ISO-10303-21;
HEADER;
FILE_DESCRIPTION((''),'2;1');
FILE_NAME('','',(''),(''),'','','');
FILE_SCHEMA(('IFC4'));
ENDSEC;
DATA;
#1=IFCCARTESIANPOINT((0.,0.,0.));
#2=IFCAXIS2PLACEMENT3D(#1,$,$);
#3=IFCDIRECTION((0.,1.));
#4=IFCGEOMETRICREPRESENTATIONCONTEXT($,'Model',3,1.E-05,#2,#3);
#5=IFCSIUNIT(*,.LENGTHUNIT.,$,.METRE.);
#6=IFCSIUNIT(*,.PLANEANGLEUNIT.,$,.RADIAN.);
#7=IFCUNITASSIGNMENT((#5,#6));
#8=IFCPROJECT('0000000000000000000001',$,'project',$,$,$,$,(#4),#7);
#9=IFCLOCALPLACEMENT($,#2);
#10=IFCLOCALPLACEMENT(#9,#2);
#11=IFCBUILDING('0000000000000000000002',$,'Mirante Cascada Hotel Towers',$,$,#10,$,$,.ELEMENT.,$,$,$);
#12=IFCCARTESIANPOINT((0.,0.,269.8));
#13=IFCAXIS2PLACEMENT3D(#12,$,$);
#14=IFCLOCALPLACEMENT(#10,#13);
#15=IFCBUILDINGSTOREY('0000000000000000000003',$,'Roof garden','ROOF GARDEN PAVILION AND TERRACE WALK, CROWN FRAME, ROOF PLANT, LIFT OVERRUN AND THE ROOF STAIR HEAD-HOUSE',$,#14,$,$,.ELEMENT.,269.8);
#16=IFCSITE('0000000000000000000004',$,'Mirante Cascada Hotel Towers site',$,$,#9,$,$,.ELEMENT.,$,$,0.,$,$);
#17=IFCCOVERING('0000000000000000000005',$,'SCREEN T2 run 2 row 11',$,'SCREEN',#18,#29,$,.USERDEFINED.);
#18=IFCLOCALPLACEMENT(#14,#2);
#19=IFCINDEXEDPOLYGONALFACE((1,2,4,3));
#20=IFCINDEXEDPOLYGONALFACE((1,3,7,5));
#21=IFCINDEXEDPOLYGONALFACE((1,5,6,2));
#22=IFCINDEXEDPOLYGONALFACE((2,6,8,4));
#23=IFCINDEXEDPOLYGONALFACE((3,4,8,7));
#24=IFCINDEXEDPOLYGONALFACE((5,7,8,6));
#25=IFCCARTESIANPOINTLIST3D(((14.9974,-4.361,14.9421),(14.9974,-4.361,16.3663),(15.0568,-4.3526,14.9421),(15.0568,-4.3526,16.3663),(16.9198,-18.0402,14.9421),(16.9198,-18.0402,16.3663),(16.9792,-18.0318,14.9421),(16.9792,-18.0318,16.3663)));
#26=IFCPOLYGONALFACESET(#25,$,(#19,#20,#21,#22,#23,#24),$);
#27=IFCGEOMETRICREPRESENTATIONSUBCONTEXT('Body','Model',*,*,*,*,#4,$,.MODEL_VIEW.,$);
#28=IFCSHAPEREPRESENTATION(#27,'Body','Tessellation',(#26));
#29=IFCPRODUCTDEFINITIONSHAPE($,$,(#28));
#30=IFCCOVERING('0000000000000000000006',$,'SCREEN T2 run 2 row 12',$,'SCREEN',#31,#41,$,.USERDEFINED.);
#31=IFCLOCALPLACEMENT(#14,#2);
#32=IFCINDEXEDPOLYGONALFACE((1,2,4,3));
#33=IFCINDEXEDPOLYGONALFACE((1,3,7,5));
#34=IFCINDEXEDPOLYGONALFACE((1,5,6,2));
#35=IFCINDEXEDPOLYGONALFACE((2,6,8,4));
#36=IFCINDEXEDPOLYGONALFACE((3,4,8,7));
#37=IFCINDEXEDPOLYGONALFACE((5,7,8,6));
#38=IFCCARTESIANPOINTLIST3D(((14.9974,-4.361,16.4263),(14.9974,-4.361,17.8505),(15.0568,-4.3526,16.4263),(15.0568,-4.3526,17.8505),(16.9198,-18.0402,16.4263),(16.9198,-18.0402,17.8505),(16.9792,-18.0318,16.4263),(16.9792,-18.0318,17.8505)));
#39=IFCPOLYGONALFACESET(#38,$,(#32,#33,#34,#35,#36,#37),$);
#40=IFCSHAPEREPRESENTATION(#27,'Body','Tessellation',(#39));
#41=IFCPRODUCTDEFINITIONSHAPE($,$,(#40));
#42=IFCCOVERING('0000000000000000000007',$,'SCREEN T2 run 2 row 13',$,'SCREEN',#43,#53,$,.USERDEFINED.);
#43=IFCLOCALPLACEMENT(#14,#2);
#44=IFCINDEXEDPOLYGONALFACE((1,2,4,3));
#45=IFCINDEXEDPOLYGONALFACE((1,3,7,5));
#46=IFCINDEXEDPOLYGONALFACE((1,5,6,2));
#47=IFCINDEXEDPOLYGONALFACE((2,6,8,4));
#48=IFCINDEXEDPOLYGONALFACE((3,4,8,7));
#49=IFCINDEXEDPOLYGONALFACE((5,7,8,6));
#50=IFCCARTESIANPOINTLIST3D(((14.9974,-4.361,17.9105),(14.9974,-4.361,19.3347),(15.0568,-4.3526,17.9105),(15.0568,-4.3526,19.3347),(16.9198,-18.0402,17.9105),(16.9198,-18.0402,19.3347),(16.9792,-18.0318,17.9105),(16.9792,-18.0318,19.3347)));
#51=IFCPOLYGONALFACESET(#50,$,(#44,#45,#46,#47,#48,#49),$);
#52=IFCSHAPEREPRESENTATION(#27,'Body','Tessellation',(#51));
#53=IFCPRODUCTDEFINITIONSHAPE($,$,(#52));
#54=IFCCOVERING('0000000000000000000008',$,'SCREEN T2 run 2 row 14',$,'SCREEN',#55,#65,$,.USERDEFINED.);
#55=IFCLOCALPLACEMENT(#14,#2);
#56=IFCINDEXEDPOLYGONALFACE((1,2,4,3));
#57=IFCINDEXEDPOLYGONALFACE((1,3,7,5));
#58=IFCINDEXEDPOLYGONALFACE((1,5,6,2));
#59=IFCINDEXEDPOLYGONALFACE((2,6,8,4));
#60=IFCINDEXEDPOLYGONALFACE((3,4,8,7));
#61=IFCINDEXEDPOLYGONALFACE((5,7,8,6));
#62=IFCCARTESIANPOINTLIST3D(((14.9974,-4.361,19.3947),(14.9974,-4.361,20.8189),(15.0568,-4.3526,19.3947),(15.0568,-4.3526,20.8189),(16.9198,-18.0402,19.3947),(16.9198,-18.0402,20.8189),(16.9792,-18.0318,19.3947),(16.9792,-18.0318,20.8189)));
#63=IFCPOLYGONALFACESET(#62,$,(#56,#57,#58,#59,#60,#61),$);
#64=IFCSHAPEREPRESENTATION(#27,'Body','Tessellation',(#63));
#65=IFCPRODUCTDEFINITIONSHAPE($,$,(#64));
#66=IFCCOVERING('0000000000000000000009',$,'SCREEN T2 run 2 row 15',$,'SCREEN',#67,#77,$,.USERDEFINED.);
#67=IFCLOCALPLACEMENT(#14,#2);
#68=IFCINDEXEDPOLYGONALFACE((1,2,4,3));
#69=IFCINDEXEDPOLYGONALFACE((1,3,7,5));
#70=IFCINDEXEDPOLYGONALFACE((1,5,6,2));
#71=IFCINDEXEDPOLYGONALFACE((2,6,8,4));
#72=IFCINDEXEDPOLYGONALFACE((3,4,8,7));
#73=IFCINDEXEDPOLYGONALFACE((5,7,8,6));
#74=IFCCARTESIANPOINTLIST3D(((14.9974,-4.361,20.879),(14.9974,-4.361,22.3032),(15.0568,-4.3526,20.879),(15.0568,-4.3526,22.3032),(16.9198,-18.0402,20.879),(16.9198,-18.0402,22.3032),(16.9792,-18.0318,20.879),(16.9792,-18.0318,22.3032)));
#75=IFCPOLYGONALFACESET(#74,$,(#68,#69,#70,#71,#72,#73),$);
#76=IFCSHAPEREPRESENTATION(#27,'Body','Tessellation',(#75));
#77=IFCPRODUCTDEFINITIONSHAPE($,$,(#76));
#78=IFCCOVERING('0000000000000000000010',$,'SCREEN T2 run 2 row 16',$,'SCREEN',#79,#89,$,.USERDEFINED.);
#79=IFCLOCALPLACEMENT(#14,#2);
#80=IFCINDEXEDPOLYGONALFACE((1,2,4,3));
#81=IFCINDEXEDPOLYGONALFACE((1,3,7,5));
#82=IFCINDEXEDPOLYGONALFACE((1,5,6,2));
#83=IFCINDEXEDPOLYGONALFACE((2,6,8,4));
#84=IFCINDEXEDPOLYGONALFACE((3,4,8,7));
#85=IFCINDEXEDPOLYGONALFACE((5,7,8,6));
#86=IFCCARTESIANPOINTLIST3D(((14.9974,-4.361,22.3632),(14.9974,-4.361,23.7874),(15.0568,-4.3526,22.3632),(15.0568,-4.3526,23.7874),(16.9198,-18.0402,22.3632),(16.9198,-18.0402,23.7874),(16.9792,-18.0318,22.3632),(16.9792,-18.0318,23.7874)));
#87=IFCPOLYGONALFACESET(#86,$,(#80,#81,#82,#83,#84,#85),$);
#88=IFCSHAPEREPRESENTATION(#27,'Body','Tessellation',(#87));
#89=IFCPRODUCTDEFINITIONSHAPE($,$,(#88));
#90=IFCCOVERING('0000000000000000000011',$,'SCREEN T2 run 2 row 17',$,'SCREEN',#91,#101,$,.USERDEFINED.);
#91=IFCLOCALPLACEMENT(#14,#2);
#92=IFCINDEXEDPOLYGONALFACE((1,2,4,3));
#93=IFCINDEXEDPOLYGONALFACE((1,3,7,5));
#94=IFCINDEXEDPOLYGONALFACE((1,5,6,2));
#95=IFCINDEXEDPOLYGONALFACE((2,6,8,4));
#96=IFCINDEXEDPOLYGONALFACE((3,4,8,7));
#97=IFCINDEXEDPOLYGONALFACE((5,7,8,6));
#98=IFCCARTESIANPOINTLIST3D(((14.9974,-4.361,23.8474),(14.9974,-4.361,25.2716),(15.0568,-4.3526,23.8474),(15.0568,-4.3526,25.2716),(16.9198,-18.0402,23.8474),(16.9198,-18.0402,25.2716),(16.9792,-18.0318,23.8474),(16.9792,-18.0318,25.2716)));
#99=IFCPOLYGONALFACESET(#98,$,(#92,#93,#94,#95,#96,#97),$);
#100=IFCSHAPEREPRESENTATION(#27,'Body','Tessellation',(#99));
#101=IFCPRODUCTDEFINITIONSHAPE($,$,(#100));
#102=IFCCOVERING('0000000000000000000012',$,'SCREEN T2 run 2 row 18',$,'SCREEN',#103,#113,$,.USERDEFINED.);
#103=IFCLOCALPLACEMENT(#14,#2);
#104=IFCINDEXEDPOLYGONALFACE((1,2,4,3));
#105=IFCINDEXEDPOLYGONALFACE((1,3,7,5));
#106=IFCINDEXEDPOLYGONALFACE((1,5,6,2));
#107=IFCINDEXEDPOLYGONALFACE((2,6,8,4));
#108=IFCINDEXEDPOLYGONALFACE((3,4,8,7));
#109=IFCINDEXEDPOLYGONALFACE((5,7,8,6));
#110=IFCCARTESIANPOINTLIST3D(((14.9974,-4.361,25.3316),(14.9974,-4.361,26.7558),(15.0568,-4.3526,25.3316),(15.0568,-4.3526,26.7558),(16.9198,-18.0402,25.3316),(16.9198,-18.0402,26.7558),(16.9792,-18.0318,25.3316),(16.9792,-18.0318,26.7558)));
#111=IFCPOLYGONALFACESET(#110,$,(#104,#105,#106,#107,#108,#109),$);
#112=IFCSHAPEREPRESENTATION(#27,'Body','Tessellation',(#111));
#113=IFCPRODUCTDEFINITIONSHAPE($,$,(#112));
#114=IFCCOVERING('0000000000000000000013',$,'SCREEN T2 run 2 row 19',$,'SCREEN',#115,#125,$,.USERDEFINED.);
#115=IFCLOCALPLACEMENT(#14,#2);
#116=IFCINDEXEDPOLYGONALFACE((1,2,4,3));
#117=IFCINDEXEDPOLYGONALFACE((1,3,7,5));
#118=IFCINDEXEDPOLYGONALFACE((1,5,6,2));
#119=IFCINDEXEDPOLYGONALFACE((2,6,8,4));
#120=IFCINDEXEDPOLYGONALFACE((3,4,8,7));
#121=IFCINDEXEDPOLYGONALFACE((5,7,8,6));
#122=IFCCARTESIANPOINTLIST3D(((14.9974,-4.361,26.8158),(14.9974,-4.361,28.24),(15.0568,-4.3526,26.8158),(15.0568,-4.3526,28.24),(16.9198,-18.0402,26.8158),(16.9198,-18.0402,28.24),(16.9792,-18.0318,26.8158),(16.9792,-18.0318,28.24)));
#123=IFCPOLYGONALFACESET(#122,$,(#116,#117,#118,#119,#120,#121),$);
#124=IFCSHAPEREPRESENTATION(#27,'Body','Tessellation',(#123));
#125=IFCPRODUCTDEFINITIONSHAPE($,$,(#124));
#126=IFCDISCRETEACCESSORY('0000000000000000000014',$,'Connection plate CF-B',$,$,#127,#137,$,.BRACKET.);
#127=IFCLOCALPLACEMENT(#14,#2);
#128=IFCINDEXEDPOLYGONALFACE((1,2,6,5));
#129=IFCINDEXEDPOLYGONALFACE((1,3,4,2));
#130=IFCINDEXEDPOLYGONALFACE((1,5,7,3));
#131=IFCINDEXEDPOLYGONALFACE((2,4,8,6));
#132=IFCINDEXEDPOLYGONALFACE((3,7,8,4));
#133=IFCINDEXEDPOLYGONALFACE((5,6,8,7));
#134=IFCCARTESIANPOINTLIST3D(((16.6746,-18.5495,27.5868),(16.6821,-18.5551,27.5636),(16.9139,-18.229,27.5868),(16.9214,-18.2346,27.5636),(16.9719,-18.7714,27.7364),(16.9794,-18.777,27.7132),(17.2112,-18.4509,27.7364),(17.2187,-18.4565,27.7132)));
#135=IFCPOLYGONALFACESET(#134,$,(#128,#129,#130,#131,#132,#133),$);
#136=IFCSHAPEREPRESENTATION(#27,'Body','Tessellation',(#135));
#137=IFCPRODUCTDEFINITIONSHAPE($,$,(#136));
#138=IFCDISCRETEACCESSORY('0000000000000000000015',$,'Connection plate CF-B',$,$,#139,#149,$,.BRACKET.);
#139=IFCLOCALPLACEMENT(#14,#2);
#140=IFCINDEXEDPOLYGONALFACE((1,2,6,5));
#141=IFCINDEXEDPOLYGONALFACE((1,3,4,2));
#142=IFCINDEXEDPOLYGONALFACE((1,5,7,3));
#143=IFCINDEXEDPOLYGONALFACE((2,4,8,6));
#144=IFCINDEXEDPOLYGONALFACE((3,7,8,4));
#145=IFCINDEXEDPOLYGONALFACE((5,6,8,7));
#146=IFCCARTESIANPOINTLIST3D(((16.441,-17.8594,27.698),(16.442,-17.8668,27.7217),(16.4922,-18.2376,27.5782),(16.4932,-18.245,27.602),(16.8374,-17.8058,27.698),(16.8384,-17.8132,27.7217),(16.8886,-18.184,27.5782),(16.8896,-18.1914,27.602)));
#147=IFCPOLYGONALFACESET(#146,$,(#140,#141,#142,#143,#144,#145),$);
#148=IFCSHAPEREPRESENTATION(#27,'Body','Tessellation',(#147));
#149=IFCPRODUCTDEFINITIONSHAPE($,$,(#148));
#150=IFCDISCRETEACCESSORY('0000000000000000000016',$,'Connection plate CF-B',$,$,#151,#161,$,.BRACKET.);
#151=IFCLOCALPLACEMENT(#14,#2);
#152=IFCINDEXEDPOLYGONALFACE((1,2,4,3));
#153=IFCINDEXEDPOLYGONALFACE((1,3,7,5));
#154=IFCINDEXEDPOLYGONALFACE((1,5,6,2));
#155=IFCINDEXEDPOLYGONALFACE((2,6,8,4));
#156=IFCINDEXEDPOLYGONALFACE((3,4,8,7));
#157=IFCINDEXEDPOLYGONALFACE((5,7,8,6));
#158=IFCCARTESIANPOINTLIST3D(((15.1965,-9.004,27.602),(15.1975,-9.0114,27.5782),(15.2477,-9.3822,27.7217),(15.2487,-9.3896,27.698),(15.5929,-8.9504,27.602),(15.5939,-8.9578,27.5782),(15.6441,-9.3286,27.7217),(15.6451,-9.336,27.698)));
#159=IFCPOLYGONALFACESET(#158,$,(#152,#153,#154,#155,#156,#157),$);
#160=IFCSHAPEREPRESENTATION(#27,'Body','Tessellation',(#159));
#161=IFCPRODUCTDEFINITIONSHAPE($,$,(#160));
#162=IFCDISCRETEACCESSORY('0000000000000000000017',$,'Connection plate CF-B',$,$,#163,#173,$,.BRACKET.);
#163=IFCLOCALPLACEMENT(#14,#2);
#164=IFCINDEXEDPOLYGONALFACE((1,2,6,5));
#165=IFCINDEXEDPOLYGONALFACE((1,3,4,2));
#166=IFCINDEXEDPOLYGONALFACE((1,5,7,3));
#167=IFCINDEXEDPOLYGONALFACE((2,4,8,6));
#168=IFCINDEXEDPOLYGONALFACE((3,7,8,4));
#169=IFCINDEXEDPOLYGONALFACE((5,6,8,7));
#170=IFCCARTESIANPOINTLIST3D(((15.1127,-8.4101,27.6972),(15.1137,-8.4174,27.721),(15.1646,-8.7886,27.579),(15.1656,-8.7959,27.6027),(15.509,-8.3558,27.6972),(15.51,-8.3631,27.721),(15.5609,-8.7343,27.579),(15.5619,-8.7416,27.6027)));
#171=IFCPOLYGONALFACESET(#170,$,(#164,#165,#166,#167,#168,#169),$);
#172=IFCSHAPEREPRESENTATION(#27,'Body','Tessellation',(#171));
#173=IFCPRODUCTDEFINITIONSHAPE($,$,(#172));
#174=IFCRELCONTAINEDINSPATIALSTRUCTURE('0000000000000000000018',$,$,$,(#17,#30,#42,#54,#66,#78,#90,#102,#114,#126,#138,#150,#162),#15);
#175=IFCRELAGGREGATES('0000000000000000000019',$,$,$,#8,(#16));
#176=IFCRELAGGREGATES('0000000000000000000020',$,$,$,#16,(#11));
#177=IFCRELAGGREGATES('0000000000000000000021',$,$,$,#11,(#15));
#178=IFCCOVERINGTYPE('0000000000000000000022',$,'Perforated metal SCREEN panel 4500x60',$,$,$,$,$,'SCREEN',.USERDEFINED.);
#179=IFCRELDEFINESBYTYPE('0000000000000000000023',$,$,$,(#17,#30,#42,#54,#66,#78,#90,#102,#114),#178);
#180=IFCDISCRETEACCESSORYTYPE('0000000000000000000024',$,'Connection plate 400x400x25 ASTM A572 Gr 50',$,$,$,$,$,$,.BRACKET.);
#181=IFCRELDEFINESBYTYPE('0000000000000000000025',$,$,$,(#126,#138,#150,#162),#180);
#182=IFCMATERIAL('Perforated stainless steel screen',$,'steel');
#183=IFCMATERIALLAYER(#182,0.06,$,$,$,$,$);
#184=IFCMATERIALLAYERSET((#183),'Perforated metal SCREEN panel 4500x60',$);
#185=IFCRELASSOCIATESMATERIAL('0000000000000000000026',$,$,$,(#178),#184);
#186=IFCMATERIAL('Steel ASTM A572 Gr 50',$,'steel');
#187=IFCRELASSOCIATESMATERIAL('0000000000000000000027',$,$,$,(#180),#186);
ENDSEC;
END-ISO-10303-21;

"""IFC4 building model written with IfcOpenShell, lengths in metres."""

from ifc_helpers import new_model, si_unit, direction, frame, origin, origin_2d, place, context, subcontext, project, spatial, rectangle, extrude, material, layer, layer_set, material_profile, profile_set, type_object, element, save


model = new_model("IFC4")

# Units and contexts
model_context = context("Model", 3, precision=1e-05, world=origin(), true_north=direction((0.0, 1.0)))
body_context = subcontext(model_context, "Body", "Model", "MODEL_VIEW")
ifc_project = project(units=[si_unit("LENGTHUNIT", "METRE"), si_unit("PLANEANGLEUNIT", "RADIAN")], contexts=[model_context])

# Site, building, storey
site_placement = place(None, origin())
site = spatial("IfcSite", under=ifc_project, at=site_placement, Name="Mirante Cascada Hotel Towers site", CompositionType="ELEMENT", RefElevation=0.0)
building_placement = place(site_placement, origin())
building = spatial("IfcBuilding", under=site, at=building_placement, Name="Mirante Cascada Hotel Towers", CompositionType="ELEMENT")
storey_placement = place(building_placement, frame((0.0, 0.0, 269.8)))
storey = spatial("IfcBuildingStorey", under=building, at=storey_placement, Name="Roof garden", Description="ROOF GARDEN PAVILION AND TERRACE WALK, CROWN FRAME, ROOF PLANT, LIFT OVERRUN AND THE ROOF STAIR HEAD-HOUSE", CompositionType="ELEMENT", Elevation=269.8)

# Coverings
ifc_material_1 = material(Name="Perforated stainless steel screen", Category="steel")
ifc_layer_1 = layer(ifc_material_1, 0.06)
ifc_layer_set_1 = layer_set([ifc_layer_1], Name="Perforated metal SCREEN panel 4500x60")
covering_type_1 = type_object("IfcCoveringType", Name="Perforated metal SCREEN panel 4500x60", ElementType="SCREEN", PredefinedType="USERDEFINED", material=ifc_layer_set_1)
for number, where, z_axis, x_axis, name in (
    (1, (15.9883, -11.1964, 14.9421), (0.0, 0.0, 1.0), (-0.139173, 0.990268, 0.0), "SCREEN T2 run 2 row 11"),
    (2, (15.9883, -11.1964, 16.4263), (0.0, 0.0, 1.0), (-0.139173, 0.990268, 0.0), "SCREEN T2 run 2 row 12"),
    (3, (15.9883, -11.1964, 17.9105), (0.0, 0.0, 1.0), (-0.139173, 0.990268, 0.0), "SCREEN T2 run 2 row 13"),
    (4, (15.9883, -11.1964, 19.3947), (0.0, 0.0, 1.0), (-0.139173, 0.990268, 0.0), "SCREEN T2 run 2 row 14"),
    (5, (15.9883, -11.1964, 20.879), (0.0, 0.0, 1.0), (-0.139173, 0.990268, 0.0), "SCREEN T2 run 2 row 15"),
    (6, (15.9883, -11.1964, 22.3632), (0.0, 0.0, 1.0), (-0.139173, 0.990268, 0.0), "SCREEN T2 run 2 row 16"),
    (7, (15.9883, -11.1964, 23.8474), (0.0, 0.0, 1.0), (-0.139173, 0.990268, 0.0), "SCREEN T2 run 2 row 17"),
    (8, (15.9883, -11.1964, 25.3316), (0.0, 0.0, 1.0), (-0.139173, 0.990268, 0.0), "SCREEN T2 run 2 row 18"),
    (9, (15.9883, -11.1964, 26.8158), (0.0, 0.0, 1.0), (-0.139173, 0.990268, 0.0), "SCREEN T2 run 2 row 19"),
):
    element("IfcCovering", number, at=place(storey_placement, frame(where, z_axis=z_axis, x_axis=x_axis)), inside=storey, type_object=covering_type_1, Name=name, ObjectType="SCREEN", PredefinedType="USERDEFINED", context=body_context, shape_type="SweptSolid", body=[
        extrude(rectangle(XDim=13.8136, YDim=0.06, at=origin_2d()), origin(), (0.0, 0.0, 1.0), 1.4242),
    ])

# Discrete accessories
ifc_material_2 = material(Name="Steel ASTM A572 Gr 50", Category="steel")
ifc_material_profile_1 = material_profile(ifc_material_2, rectangle(XDim=0.4, YDim=0.4, at=origin_2d()), Name="Connection plate 400x400x25 ASTM A572 Gr 50")
ifc_profile_set_1 = profile_set([ifc_material_profile_1], Name="Steel ASTM A572 Gr 50")
discrete_accessory_type = type_object("IfcDiscreteAccessoryType", Name="Connection plate 400x400x25 ASTM A572 Gr 50", PredefinedType="BRACKET", material=ifc_profile_set_1)
discrete_accessory_placement = place(storey_placement, frame((16.9504, -18.5058, 27.6384), z_axis=(-0.299796, 0.223848, 0.92737), x_axis=(-0.598289, -0.80128, 0.0)))
element("IfcDiscreteAccessory", 10, at=discrete_accessory_placement, inside=storey, type_object=discrete_accessory_type, Name="Connection plate CF-B", PredefinedType="BRACKET", context=body_context, shape_type="SweptSolid", body=[
    extrude(rectangle(XDim=0.4, YDim=0.4, at=origin_2d()), origin(), (0.0, 0.0, 1.0), 0.025),
])
for number, where, z_axis, x_axis, name in (
    (11, (16.6648, -18.0217, 27.6381), (0.04009, -0.296665, 0.95414), (0.990992, 0.133918, 0.0), "Connection plate CF-B"),
    (12, (15.4213, -9.1737, 27.6381), (-0.04009, 0.296665, 0.95414), (-0.990992, -0.133918, 0.0), "Connection plate CF-B"),
    (13, (15.3368, -8.5722, 27.6381), (0.040137, -0.293003, 0.955269), (0.990747, 0.135719, 0.0), "Connection plate CF-B"),
):
    element("IfcDiscreteAccessory", number, at=place(storey_placement, frame(where, z_axis=z_axis, x_axis=x_axis)), inside=storey, type_object=discrete_accessory_type, Name=name, PredefinedType="BRACKET", context=body_context, shape_type="SweptSolid", body=[
        extrude(rectangle(XDim=0.4, YDim=0.4, at=origin_2d()), origin(), (0.0, 0.0, 1.0), 0.0249),
    ])

save(model, "model.ifc")
